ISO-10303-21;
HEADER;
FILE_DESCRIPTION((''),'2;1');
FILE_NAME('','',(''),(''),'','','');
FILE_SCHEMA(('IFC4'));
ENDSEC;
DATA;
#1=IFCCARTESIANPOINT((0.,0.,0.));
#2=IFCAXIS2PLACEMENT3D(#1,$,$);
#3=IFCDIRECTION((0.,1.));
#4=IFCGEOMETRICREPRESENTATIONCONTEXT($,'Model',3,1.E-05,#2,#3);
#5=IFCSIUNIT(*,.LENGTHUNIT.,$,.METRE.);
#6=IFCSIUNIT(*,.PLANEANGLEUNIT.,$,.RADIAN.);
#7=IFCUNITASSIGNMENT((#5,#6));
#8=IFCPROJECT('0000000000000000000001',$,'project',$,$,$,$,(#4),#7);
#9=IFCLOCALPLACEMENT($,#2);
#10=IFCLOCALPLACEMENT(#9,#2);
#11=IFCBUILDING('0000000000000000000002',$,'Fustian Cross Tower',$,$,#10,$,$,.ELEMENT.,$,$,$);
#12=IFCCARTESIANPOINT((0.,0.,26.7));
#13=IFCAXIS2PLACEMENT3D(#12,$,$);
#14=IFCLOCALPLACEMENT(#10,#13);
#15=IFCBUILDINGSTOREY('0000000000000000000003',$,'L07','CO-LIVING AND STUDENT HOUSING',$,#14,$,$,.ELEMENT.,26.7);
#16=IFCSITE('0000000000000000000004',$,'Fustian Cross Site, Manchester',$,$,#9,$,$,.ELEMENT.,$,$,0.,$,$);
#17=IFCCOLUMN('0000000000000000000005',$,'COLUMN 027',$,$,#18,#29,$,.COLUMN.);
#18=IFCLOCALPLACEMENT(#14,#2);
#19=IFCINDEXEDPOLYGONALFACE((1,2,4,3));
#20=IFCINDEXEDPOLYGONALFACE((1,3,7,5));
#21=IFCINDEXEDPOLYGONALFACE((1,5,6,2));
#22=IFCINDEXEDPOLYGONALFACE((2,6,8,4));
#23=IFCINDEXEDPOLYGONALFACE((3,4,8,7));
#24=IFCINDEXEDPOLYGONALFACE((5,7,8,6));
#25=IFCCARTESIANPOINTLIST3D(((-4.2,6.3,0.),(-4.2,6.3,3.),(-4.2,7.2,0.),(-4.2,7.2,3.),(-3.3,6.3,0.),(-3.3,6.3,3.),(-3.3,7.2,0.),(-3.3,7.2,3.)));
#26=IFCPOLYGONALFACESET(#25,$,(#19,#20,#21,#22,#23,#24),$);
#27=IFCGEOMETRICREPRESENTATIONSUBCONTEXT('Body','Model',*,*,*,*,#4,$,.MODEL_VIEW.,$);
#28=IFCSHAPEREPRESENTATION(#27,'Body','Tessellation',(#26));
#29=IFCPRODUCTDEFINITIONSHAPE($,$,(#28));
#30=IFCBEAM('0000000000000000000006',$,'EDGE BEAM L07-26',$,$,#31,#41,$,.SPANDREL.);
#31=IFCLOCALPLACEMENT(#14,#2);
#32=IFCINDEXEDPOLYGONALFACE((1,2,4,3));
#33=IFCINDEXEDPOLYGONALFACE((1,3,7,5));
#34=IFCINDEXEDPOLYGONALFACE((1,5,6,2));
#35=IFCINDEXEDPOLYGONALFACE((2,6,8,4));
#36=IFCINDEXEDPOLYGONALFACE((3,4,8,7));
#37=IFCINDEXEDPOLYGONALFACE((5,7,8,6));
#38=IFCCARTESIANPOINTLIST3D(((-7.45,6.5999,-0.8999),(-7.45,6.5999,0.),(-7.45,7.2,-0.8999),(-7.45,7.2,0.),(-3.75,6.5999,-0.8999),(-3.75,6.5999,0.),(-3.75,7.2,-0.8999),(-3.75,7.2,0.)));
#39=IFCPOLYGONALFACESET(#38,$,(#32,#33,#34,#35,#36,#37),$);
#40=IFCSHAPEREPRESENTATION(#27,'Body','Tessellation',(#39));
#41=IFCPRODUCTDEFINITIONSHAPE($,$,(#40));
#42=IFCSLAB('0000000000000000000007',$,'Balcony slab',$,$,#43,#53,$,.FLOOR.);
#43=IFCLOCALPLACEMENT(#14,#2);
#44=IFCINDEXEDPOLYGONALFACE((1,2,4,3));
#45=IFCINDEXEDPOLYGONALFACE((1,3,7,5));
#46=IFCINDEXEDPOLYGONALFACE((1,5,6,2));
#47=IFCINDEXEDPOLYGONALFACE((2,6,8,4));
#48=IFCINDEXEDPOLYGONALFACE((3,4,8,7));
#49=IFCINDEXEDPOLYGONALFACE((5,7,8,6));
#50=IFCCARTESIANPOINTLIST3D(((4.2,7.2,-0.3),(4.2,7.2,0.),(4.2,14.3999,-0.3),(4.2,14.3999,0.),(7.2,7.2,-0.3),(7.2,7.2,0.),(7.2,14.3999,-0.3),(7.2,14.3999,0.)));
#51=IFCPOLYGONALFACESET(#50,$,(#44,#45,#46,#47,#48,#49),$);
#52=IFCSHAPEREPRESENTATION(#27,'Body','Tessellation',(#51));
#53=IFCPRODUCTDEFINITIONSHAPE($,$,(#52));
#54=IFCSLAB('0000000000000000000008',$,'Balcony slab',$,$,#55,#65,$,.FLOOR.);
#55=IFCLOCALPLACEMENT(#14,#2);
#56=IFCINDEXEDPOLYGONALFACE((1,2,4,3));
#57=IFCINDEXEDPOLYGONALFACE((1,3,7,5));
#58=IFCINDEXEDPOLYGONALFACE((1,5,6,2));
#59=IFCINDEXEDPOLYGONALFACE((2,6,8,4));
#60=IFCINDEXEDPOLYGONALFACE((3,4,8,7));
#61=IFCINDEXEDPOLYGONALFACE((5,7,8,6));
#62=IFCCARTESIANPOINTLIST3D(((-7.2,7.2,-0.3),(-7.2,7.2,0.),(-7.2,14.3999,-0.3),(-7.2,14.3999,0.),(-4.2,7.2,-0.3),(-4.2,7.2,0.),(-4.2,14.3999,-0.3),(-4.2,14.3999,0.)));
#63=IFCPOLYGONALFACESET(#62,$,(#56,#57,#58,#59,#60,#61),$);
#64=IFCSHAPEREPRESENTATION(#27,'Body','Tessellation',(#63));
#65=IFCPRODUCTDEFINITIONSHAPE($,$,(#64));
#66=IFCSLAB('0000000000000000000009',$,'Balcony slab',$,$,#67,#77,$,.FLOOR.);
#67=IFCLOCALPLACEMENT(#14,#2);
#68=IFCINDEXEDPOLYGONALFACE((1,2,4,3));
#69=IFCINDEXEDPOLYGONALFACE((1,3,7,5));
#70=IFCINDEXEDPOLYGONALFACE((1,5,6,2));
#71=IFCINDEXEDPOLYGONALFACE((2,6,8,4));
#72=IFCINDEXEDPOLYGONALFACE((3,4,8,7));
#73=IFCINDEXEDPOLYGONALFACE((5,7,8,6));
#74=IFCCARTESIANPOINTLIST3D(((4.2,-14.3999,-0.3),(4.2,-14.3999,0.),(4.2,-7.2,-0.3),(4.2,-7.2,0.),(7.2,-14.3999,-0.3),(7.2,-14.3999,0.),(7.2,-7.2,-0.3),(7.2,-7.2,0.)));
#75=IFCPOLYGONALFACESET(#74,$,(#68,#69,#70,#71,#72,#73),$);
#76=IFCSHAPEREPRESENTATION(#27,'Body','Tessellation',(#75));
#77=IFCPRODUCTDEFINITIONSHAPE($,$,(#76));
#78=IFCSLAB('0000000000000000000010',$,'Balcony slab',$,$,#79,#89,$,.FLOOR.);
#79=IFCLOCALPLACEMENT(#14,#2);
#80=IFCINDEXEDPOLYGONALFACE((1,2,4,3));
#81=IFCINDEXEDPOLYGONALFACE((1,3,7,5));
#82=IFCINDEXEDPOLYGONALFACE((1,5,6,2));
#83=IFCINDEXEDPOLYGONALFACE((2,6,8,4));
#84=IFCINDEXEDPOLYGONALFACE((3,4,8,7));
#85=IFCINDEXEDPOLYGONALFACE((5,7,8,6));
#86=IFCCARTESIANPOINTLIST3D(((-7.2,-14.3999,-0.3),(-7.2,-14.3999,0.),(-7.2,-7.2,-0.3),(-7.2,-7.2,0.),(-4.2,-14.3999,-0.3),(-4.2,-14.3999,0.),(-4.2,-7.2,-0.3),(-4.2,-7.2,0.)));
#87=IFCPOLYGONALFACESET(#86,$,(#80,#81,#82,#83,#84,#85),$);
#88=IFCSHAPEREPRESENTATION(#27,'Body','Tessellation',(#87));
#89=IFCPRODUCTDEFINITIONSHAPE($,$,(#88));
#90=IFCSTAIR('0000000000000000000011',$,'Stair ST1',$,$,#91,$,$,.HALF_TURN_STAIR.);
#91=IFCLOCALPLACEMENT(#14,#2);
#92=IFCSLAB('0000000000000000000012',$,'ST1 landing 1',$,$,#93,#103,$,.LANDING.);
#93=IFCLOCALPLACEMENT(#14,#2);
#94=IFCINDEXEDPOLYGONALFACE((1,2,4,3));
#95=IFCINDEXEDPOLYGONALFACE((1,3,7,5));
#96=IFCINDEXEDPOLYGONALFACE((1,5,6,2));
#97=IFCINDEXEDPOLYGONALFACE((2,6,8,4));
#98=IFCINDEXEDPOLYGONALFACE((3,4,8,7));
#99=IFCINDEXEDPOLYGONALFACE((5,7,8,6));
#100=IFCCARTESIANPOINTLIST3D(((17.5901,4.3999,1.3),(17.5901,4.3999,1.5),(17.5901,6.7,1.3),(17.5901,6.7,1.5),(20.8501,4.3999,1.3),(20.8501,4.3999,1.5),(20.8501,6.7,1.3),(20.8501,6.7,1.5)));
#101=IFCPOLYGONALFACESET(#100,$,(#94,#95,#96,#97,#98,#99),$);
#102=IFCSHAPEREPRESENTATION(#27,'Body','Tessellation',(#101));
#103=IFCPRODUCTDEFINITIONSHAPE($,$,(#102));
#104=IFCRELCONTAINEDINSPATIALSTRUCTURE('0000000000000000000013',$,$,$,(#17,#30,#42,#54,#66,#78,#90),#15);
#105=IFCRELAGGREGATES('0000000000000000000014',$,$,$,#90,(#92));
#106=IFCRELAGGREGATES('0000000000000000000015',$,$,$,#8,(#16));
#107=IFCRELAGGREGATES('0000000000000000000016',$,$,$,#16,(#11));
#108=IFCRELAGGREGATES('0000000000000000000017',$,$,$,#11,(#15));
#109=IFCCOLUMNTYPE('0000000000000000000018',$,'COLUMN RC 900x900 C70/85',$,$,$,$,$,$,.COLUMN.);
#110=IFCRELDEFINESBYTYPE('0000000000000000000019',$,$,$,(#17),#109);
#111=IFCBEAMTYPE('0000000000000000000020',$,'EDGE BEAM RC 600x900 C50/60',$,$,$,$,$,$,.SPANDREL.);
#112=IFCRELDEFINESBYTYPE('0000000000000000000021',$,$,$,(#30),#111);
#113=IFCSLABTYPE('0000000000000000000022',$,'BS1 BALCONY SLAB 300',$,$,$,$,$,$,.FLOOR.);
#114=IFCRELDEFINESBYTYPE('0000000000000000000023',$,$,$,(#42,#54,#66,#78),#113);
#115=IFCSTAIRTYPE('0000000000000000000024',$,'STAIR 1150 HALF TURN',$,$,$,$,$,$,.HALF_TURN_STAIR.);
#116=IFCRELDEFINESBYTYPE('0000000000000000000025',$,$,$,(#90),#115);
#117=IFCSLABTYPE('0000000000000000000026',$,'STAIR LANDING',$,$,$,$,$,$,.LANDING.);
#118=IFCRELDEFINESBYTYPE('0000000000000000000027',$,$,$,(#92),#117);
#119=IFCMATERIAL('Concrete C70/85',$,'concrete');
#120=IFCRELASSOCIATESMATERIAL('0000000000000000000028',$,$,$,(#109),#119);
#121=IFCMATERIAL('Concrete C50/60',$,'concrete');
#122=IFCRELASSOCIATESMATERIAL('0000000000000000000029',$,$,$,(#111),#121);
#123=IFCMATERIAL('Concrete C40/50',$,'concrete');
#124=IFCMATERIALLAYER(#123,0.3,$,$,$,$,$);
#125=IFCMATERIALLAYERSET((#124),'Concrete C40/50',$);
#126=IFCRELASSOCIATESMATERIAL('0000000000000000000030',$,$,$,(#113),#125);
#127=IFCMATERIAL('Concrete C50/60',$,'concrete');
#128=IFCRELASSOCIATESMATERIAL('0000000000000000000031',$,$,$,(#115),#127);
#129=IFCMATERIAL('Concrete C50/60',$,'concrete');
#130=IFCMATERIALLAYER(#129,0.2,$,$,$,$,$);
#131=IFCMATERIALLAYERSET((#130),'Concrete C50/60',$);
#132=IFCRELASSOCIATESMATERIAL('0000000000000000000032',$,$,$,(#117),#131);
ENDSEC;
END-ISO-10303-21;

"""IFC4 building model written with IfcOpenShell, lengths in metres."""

from ifc_helpers import new_model, si_unit, direction, frame, origin, origin_2d, place, context, subcontext, project, spatial, polyline, rectangle, outline, extrude, material, layer, layer_set, material_profile, profile_set, type_object, element, aggregate, save


model = new_model("IFC4")

# Units and contexts
model_context = context("Model", 3, precision=1e-05, world=origin(), true_north=direction((0.0, 1.0)))
body_context = subcontext(model_context, "Body", "Model", "MODEL_VIEW")
ifc_project = project(units=[si_unit("LENGTHUNIT", "METRE"), si_unit("PLANEANGLEUNIT", "RADIAN")], contexts=[model_context])

# Site, building, storey
site_placement = place(None, origin())
site = spatial("IfcSite", under=ifc_project, at=site_placement, Name="Fustian Cross Site, Manchester", CompositionType="ELEMENT", RefElevation=0.0)
building_placement = place(site_placement, origin())
building = spatial("IfcBuilding", under=site, at=building_placement, Name="Fustian Cross Tower", CompositionType="ELEMENT")
storey_placement = place(building_placement, frame((0.0, 0.0, 26.7)))
storey = spatial("IfcBuildingStorey", under=building, at=storey_placement, Name="L07", Description="CO-LIVING AND STUDENT HOUSING", CompositionType="ELEMENT", Elevation=26.7)

# Column
ifc_material_1 = material(Name="Concrete C70/85", Category="concrete")
ifc_material_profile_1 = material_profile(ifc_material_1, rectangle(XDim=0.8999, YDim=0.8999, at=origin_2d()), Name="RC 900x900")
ifc_profile_set_1 = profile_set([ifc_material_profile_1], Name="Concrete C70/85")
column_type = type_object("IfcColumnType", Name="COLUMN RC 900x900 C70/85", PredefinedType="COLUMN", material=ifc_profile_set_1)
column_placement = place(storey_placement, frame((-3.75, 6.75, 0.0), z_axis=(0.0, 0.0, 1.0), x_axis=(1.0, 0.0, 0.0)))
element("IfcColumn", 1, at=column_placement, inside=storey, type_object=column_type, Name="COLUMN 027", PredefinedType="COLUMN", context=body_context, shape_type="SweptSolid", body=[
    extrude(rectangle(XDim=0.8999, YDim=0.8999, at=origin_2d()), origin(), (0.0, 0.0, 1.0), 3.0),
])

# Beam
ifc_material_2 = material(Name="Concrete C50/60", Category="concrete")
ifc_material_profile_2 = material_profile(ifc_material_2, rectangle(XDim=0.6001, YDim=0.8999, at=origin_2d()), Name="RC 600x900")
ifc_profile_set_2 = profile_set([ifc_material_profile_2], Name="Concrete C50/60")
beam_type = type_object("IfcBeamType", Name="EDGE BEAM RC 600x900 C50/60", PredefinedType="SPANDREL", material=ifc_profile_set_2)
beam_placement = place(storey_placement, frame((-3.75, 6.8999, -0.45), z_axis=(-1.0, 0.0, 0.0), x_axis=(0.0, -1.0, 0.0)))
element("IfcBeam", 2, at=beam_placement, inside=storey, type_object=beam_type, Name="EDGE BEAM L07-26", PredefinedType="SPANDREL", context=body_context, shape_type="SweptSolid", body=[
    extrude(rectangle(XDim=0.6001, YDim=0.8999, at=origin_2d()), origin(), (0.0, 0.0, 1.0), 3.7),
])

# Slabs
ifc_material_3 = material(Name="Concrete C40/50", Category="concrete")
ifc_layer_1 = layer(ifc_material_3, 0.3)
ifc_layer_set_1 = layer_set([ifc_layer_1], Name="Concrete C40/50")
slab_type_1 = type_object("IfcSlabType", Name="BS1 BALCONY SLAB 300", PredefinedType="FLOOR", material=ifc_layer_set_1)
slab_1_placement = place(storey_placement, frame((0.0, 0.0, -0.3)))
element("IfcSlab", 3, at=slab_1_placement, inside=storey, type_object=slab_type_1, Name="Balcony slab", PredefinedType="FLOOR", context=body_context, shape_type="SweptSolid", body=[
    extrude(outline(polyline([(4.2, 7.2), (7.2, 7.2), (7.2, 14.3999), (4.2, 14.3999), (4.2, 7.2)])), origin(), (0.0, 0.0, 1.0), 0.3),
])
slab_2_placement = place(storey_placement, frame((0.0, 0.0, -0.3)))
element("IfcSlab", 4, at=slab_2_placement, inside=storey, type_object=slab_type_1, Name="Balcony slab", PredefinedType="FLOOR", context=body_context, shape_type="SweptSolid", body=[
    extrude(outline(polyline([(-7.2, 7.2), (-4.2, 7.2), (-4.2, 14.3999), (-7.2, 14.3999), (-7.2, 7.2)])), origin(), (0.0, 0.0, 1.0), 0.3),
])
slab_3_placement = place(storey_placement, frame((0.0, 0.0, -0.3)))
element("IfcSlab", 5, at=slab_3_placement, inside=storey, type_object=slab_type_1, Name="Balcony slab", PredefinedType="FLOOR", context=body_context, shape_type="SweptSolid", body=[
    extrude(outline(polyline([(4.2, -14.3999), (7.2, -14.3999), (7.2, -7.2), (4.2, -7.2), (4.2, -14.3999)])), origin(), (0.0, 0.0, 1.0), 0.3),
])
slab_4_placement = place(storey_placement, frame((0.0, 0.0, -0.3)))
element("IfcSlab", 6, at=slab_4_placement, inside=storey, type_object=slab_type_1, Name="Balcony slab", PredefinedType="FLOOR", context=body_context, shape_type="SweptSolid", body=[
    extrude(outline(polyline([(-7.2, -14.3999), (-4.2, -14.3999), (-4.2, -7.2), (-7.2, -7.2), (-7.2, -14.3999)])), origin(), (0.0, 0.0, 1.0), 0.3),
])

# Stair, slab
ifc_material_4 = material(Name="Concrete C50/60", Category="concrete")
stair_type = type_object("IfcStairType", Name="STAIR 1150 HALF TURN", PredefinedType="HALF_TURN_STAIR", material=ifc_material_4)
stair_placement = place(storey_placement, origin())
stair = element("IfcStair", 7, at=stair_placement, inside=storey, type_object=stair_type, Name="Stair ST1", PredefinedType="HALF_TURN_STAIR")
ifc_material_5 = material(Name="Concrete C50/60", Category="concrete")
ifc_layer_2 = layer(ifc_material_5, 0.2)
ifc_layer_set_2 = layer_set([ifc_layer_2], Name="Concrete C50/60")
slab_type_2 = type_object("IfcSlabType", Name="STAIR LANDING", PredefinedType="LANDING", material=ifc_layer_set_2)
slab_5_placement = place(storey_placement, frame((0.0, 0.0, 1.3)))
slab_5 = element("IfcSlab", 8, at=slab_5_placement, type_object=slab_type_2, Name="ST1 landing 1", PredefinedType="LANDING", context=body_context, shape_type="SweptSolid", body=[
    extrude(outline(polyline([(17.5901, 4.3999), (20.8501, 4.3999), (20.8501, 6.7), (17.5901, 6.7), (17.5901, 4.3999)])), origin(), (0.0, 0.0, 1.0), 0.2),
])
aggregate(stair, [slab_5])

save(model, "model.ifc")
